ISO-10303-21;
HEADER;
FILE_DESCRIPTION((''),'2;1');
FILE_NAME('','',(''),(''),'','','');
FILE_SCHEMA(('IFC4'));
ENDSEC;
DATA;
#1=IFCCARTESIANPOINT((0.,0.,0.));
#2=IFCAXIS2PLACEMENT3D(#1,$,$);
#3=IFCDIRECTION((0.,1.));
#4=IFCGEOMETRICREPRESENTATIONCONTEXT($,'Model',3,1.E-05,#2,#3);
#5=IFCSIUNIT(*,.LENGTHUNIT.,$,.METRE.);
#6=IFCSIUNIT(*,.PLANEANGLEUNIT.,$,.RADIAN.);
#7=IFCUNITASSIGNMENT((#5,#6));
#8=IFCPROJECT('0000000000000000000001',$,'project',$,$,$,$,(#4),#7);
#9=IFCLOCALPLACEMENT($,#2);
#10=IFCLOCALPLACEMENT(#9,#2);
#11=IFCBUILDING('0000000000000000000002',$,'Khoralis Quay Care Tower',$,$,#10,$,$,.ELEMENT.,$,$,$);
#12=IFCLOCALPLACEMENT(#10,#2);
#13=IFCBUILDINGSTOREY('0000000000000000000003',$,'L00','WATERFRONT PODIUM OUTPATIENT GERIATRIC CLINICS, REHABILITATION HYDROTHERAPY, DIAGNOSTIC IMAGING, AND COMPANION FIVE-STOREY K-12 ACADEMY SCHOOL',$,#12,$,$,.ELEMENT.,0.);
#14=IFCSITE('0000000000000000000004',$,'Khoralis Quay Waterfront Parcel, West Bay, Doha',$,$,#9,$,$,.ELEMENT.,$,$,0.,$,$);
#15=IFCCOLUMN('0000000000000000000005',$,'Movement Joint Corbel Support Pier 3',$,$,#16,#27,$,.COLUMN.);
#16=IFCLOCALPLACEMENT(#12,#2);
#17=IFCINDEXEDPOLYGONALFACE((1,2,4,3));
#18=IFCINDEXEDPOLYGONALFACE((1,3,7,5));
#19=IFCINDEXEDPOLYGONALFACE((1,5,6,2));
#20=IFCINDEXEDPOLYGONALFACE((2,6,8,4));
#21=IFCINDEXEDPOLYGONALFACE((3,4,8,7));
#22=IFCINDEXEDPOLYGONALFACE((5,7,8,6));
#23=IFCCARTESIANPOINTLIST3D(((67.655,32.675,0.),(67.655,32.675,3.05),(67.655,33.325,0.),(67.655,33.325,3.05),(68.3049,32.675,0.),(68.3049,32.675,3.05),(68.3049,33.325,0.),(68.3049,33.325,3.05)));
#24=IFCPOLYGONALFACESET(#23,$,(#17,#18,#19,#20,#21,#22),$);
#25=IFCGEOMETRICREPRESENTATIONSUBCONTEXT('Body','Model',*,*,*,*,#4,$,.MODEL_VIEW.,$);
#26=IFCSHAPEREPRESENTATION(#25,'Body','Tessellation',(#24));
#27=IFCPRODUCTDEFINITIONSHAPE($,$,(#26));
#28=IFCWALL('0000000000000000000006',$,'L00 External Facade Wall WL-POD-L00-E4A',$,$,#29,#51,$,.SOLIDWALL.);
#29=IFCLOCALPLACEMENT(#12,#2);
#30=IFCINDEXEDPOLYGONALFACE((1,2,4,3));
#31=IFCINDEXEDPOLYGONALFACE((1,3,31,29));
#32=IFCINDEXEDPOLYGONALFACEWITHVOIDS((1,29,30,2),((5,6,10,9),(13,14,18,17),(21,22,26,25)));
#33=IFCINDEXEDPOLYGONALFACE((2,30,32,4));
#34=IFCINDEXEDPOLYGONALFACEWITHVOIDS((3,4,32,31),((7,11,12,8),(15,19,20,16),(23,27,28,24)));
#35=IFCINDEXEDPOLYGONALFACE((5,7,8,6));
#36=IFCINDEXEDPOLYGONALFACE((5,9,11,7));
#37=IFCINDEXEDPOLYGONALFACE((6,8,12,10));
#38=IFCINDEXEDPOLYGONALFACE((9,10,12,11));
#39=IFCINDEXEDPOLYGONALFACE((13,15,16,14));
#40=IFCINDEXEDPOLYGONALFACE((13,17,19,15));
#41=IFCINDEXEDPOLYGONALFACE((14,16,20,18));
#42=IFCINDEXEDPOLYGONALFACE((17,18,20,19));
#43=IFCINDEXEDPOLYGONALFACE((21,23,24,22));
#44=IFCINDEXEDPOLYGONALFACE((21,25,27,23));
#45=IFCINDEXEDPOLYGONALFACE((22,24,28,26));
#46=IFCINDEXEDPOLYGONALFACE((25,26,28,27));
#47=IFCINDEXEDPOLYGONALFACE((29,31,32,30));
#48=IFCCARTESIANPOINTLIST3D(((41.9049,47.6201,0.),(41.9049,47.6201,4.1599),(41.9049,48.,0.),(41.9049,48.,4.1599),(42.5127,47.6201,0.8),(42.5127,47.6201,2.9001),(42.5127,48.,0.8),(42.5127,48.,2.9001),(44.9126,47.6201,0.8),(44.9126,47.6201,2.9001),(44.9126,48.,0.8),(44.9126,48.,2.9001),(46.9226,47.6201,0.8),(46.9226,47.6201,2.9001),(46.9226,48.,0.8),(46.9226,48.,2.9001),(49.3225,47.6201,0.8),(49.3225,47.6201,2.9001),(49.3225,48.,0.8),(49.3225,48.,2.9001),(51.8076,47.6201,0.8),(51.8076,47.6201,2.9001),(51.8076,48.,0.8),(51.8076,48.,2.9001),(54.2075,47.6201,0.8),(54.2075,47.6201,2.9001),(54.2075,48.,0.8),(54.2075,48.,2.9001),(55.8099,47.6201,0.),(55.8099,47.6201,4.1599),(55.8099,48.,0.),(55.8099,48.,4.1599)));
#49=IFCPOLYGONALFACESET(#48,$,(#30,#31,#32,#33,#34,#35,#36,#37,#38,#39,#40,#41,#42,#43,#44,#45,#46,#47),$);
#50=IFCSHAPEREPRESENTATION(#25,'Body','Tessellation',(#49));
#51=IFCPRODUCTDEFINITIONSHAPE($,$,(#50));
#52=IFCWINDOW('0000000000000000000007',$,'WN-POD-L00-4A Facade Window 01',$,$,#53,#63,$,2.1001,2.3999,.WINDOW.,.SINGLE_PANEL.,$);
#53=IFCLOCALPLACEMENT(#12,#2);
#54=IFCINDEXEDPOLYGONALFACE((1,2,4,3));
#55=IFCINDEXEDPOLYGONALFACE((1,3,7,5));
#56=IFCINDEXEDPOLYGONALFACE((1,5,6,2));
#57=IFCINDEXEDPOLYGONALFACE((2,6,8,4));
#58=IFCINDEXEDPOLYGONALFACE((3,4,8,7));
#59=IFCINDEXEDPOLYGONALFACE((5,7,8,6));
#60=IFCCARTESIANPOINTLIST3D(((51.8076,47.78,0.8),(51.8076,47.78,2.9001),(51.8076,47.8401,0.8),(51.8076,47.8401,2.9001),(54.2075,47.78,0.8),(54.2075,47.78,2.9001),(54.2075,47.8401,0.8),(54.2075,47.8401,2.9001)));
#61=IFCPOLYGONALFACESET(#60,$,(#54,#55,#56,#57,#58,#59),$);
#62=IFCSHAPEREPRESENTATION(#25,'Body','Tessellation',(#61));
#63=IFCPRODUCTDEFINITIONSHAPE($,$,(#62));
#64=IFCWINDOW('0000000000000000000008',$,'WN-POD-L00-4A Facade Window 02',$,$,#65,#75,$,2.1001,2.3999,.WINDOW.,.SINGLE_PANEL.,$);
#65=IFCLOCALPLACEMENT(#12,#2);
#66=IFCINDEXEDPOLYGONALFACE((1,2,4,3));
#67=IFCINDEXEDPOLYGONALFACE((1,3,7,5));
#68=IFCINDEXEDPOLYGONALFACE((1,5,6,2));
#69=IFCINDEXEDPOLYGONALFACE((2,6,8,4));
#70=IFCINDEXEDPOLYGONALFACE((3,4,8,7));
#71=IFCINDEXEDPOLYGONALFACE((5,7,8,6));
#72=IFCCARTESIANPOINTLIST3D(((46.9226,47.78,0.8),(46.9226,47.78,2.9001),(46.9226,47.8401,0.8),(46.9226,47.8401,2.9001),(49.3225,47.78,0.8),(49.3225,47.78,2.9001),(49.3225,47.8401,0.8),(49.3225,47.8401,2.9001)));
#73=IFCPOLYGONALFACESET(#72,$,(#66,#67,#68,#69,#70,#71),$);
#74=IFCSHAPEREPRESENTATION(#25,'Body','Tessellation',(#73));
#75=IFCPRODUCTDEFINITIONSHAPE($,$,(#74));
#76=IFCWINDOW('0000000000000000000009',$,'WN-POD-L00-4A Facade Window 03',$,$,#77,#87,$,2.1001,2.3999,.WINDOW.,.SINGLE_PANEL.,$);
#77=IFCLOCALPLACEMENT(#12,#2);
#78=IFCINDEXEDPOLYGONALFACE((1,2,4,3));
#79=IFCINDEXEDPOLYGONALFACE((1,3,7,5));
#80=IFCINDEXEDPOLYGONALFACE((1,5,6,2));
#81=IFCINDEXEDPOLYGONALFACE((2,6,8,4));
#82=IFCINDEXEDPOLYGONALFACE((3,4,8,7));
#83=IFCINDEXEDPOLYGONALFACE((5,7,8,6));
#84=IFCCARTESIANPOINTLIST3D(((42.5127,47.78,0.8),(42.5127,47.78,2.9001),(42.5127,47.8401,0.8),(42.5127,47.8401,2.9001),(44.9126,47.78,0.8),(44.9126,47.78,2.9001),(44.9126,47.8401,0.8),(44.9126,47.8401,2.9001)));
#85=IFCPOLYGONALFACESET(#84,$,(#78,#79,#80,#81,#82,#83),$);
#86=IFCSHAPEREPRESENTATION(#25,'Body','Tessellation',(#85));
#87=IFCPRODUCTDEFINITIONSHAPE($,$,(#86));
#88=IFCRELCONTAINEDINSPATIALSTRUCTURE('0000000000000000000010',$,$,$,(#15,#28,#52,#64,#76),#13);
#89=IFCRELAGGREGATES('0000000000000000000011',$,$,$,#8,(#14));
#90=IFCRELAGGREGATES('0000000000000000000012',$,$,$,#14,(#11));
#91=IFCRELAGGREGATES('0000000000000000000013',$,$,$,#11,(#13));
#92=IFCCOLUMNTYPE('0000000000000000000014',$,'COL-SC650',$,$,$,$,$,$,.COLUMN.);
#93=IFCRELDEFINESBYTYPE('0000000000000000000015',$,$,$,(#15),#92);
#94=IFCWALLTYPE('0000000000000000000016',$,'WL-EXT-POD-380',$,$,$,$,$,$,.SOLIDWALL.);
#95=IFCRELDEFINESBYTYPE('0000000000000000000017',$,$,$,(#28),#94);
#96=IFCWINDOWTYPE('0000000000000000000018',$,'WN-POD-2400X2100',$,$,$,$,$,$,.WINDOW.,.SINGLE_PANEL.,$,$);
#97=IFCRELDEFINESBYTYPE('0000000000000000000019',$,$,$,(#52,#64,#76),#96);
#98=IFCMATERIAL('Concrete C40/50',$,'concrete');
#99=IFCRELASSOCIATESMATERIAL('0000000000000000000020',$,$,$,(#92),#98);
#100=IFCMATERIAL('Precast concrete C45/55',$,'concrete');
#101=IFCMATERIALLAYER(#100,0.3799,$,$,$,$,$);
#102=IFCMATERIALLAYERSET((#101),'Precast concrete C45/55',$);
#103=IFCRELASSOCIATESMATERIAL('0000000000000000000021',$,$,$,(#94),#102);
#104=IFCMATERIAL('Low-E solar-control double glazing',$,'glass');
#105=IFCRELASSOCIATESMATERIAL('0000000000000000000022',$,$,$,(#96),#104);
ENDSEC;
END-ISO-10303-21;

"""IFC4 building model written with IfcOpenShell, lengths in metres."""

from ifc_helpers import new_model, si_unit, direction, frame, frame_2d, origin, origin_2d, place, context, subcontext, project, spatial, rectangle, extrude, source, transform, mapped, material, layer, layer_set, material_profile, profile_set, type_object, element, fill, save


model = new_model("IFC4")

# Units and contexts
model_context = context("Model", 3, precision=1e-05, world=origin(), true_north=direction((0.0, 1.0)))
body_context = subcontext(model_context, "Body", "Model", "MODEL_VIEW")
ifc_project = project(units=[si_unit("LENGTHUNIT", "METRE"), si_unit("PLANEANGLEUNIT", "RADIAN")], contexts=[model_context])

# Site, building, storey
site_placement = place(None, origin())
site = spatial("IfcSite", under=ifc_project, at=site_placement, Name="Khoralis Quay Waterfront Parcel, West Bay, Doha", CompositionType="ELEMENT", RefElevation=0.0)
building_placement = place(site_placement, origin())
building = spatial("IfcBuilding", under=site, at=building_placement, Name="Khoralis Quay Care Tower", CompositionType="ELEMENT")
storey_placement = place(building_placement, origin())
storey = spatial("IfcBuildingStorey", under=building, at=storey_placement, Name="L00", Description="WATERFRONT PODIUM OUTPATIENT GERIATRIC CLINICS, REHABILITATION HYDROTHERAPY, DIAGNOSTIC IMAGING, AND COMPANION FIVE-STOREY K-12 ACADEMY SCHOOL", CompositionType="ELEMENT", Elevation=0.0)

# Column
ifc_material_1 = material(Name="Concrete C40/50", Category="concrete")
ifc_material_profile = material_profile(ifc_material_1, rectangle(XDim=0.6499, YDim=0.6499, at=origin_2d()), Name="Concrete C40/50")
ifc_profile_set = profile_set([ifc_material_profile], Name="Concrete C40/50")
column_type = type_object("IfcColumnType", Name="COL-SC650", PredefinedType="COLUMN", material=ifc_profile_set)
shared_shape_1 = source(origin(), body_context, "Body", "SweptSolid", [
    extrude(rectangle(XDim=0.6499, YDim=0.6499, at=origin_2d()), origin(), (0.0, 0.0, 1.0), 3.05),
])
column_placement = place(storey_placement, frame((67.98, 33.0, 0.0), z_axis=(0.0, 0.0, 1.0), x_axis=(1.0, 0.0, 0.0)))
element("IfcColumn", 1, at=column_placement, inside=storey, type_object=column_type, Name="Movement Joint Corbel Support Pier 3", PredefinedType="COLUMN", context=body_context, shape_type="MappedRepresentation", body=[
    mapped(shared_shape_1, transform((0.0, 0.0, 0.0), scale=1.0)),
])

# Wall, openings, windows
ifc_material_2 = material(Name="Precast concrete C45/55", Category="concrete")
ifc_layer_1 = layer(ifc_material_2, 0.3799)
ifc_layer_set_1 = layer_set([ifc_layer_1], Name="Precast concrete C45/55")
wall_type_1 = type_object("IfcWallType", Name="WL-EXT-POD-380", PredefinedType="SOLIDWALL", material=ifc_layer_set_1)
wall_1_placement = place(storey_placement, frame((55.8101, 47.8101, 0.0), z_axis=(0.0, 0.0, 1.0), x_axis=(-1.0, 0.0, 0.0)))
wall_1 = element("IfcWall", 2, at=wall_1_placement, inside=storey, type_object=wall_type_1, Name="L00 External Facade Wall WL-POD-L00-E4A", PredefinedType="SOLIDWALL", context=body_context, shape_type="SweptSolid", body=[
    extrude(rectangle(XDim=13.905, YDim=0.3799, at=frame_2d((6.9526, 0.0))), origin(), (0.0, 0.0, 1.0), 4.1599),
])
opening_1_placement = place(wall_1_placement, frame((1.6025, 0.0, 0.8)))
opening_1 = element("IfcOpeningElement", 3, at=opening_1_placement, cuts=wall_1, PredefinedType="OPENING", context=body_context, shape_type="SweptSolid", body=[
    extrude(rectangle(XDim=2.3999, YDim=2.1001, at=frame_2d((1.2, 1.05))), frame((0.0, 0.2, 0.0), z_axis=(0.0, -1.0, 0.0), x_axis=(1.0, 0.0, 0.0)), (0.0, 0.0, 1.0), 0.3999),
])
opening_2_placement = place(wall_1_placement, frame((6.4875, 0.0, 0.8)))
opening_2 = element("IfcOpeningElement", 4, at=opening_2_placement, cuts=wall_1, PredefinedType="OPENING", context=body_context, shape_type="SweptSolid", body=[
    extrude(rectangle(XDim=2.3999, YDim=2.1001, at=frame_2d((1.2, 1.05))), frame((0.0, 0.2, 0.0), z_axis=(0.0, -1.0, 0.0), x_axis=(1.0, 0.0, 0.0)), (0.0, 0.0, 1.0), 0.3999),
])
opening_3_placement = place(wall_1_placement, frame((10.8975, 0.0, 0.8)))
opening_3 = element("IfcOpeningElement", 5, at=opening_3_placement, cuts=wall_1, PredefinedType="OPENING", context=body_context, shape_type="SweptSolid", body=[
    extrude(rectangle(XDim=2.3999, YDim=2.1001, at=frame_2d((1.2, 1.05))), frame((0.0, 0.2, 0.0), z_axis=(0.0, -1.0, 0.0), x_axis=(1.0, 0.0, 0.0)), (0.0, 0.0, 1.0), 0.3999),
])
ifc_material_3 = material(Name="Low-E solar-control double glazing", Category="glass")
window_type_1 = type_object("IfcWindowType", Name="WN-POD-2400X2100", PartitioningType="SINGLE_PANEL", PredefinedType="WINDOW", material=ifc_material_3)
shared_shape_2 = source(origin(), body_context, "Body", "SweptSolid", [
    extrude(rectangle(XDim=2.3999, YDim=2.1001, at=frame_2d((1.2, 1.05))), frame((0.0, 0.03, 0.0), z_axis=(0.0, -1.0, 0.0), x_axis=(1.0, 0.0, 0.0)), (0.0, 0.0, 1.0), 0.0601),
])
window_1_placement = place(opening_1_placement, origin())
window_1 = element("IfcWindow", 6, at=window_1_placement, inside=storey, type_object=window_type_1, Name="WN-POD-L00-4A Facade Window 01", OverallHeight=2.1001, OverallWidth=2.3999, PartitioningType="SINGLE_PANEL", PredefinedType="WINDOW", context=body_context, shape_type="MappedRepresentation", body=[
    mapped(shared_shape_2, transform((0.0, 0.0, 0.0), scale=1.0)),
])
fill(opening_1, window_1)
window_2_placement = place(opening_2_placement, origin())
window_2 = element("IfcWindow", 7, at=window_2_placement, inside=storey, type_object=window_type_1, Name="WN-POD-L00-4A Facade Window 02", OverallHeight=2.1001, OverallWidth=2.3999, PartitioningType="SINGLE_PANEL", PredefinedType="WINDOW", context=body_context, shape_type="MappedRepresentation", body=[
    mapped(shared_shape_2, transform((0.0, 0.0, 0.0), scale=1.0)),
])
fill(opening_2, window_2)
window_3_placement = place(opening_3_placement, origin())
window_3 = element("IfcWindow", 8, at=window_3_placement, inside=storey, type_object=window_type_1, Name="WN-POD-L00-4A Facade Window 03", OverallHeight=2.1001, OverallWidth=2.3999, PartitioningType="SINGLE_PANEL", PredefinedType="WINDOW", context=body_context, shape_type="MappedRepresentation", body=[
    mapped(shared_shape_2, transform((0.0, 0.0, 0.0), scale=1.0)),
])
fill(opening_3, window_3)

save(model, "model.ifc")
